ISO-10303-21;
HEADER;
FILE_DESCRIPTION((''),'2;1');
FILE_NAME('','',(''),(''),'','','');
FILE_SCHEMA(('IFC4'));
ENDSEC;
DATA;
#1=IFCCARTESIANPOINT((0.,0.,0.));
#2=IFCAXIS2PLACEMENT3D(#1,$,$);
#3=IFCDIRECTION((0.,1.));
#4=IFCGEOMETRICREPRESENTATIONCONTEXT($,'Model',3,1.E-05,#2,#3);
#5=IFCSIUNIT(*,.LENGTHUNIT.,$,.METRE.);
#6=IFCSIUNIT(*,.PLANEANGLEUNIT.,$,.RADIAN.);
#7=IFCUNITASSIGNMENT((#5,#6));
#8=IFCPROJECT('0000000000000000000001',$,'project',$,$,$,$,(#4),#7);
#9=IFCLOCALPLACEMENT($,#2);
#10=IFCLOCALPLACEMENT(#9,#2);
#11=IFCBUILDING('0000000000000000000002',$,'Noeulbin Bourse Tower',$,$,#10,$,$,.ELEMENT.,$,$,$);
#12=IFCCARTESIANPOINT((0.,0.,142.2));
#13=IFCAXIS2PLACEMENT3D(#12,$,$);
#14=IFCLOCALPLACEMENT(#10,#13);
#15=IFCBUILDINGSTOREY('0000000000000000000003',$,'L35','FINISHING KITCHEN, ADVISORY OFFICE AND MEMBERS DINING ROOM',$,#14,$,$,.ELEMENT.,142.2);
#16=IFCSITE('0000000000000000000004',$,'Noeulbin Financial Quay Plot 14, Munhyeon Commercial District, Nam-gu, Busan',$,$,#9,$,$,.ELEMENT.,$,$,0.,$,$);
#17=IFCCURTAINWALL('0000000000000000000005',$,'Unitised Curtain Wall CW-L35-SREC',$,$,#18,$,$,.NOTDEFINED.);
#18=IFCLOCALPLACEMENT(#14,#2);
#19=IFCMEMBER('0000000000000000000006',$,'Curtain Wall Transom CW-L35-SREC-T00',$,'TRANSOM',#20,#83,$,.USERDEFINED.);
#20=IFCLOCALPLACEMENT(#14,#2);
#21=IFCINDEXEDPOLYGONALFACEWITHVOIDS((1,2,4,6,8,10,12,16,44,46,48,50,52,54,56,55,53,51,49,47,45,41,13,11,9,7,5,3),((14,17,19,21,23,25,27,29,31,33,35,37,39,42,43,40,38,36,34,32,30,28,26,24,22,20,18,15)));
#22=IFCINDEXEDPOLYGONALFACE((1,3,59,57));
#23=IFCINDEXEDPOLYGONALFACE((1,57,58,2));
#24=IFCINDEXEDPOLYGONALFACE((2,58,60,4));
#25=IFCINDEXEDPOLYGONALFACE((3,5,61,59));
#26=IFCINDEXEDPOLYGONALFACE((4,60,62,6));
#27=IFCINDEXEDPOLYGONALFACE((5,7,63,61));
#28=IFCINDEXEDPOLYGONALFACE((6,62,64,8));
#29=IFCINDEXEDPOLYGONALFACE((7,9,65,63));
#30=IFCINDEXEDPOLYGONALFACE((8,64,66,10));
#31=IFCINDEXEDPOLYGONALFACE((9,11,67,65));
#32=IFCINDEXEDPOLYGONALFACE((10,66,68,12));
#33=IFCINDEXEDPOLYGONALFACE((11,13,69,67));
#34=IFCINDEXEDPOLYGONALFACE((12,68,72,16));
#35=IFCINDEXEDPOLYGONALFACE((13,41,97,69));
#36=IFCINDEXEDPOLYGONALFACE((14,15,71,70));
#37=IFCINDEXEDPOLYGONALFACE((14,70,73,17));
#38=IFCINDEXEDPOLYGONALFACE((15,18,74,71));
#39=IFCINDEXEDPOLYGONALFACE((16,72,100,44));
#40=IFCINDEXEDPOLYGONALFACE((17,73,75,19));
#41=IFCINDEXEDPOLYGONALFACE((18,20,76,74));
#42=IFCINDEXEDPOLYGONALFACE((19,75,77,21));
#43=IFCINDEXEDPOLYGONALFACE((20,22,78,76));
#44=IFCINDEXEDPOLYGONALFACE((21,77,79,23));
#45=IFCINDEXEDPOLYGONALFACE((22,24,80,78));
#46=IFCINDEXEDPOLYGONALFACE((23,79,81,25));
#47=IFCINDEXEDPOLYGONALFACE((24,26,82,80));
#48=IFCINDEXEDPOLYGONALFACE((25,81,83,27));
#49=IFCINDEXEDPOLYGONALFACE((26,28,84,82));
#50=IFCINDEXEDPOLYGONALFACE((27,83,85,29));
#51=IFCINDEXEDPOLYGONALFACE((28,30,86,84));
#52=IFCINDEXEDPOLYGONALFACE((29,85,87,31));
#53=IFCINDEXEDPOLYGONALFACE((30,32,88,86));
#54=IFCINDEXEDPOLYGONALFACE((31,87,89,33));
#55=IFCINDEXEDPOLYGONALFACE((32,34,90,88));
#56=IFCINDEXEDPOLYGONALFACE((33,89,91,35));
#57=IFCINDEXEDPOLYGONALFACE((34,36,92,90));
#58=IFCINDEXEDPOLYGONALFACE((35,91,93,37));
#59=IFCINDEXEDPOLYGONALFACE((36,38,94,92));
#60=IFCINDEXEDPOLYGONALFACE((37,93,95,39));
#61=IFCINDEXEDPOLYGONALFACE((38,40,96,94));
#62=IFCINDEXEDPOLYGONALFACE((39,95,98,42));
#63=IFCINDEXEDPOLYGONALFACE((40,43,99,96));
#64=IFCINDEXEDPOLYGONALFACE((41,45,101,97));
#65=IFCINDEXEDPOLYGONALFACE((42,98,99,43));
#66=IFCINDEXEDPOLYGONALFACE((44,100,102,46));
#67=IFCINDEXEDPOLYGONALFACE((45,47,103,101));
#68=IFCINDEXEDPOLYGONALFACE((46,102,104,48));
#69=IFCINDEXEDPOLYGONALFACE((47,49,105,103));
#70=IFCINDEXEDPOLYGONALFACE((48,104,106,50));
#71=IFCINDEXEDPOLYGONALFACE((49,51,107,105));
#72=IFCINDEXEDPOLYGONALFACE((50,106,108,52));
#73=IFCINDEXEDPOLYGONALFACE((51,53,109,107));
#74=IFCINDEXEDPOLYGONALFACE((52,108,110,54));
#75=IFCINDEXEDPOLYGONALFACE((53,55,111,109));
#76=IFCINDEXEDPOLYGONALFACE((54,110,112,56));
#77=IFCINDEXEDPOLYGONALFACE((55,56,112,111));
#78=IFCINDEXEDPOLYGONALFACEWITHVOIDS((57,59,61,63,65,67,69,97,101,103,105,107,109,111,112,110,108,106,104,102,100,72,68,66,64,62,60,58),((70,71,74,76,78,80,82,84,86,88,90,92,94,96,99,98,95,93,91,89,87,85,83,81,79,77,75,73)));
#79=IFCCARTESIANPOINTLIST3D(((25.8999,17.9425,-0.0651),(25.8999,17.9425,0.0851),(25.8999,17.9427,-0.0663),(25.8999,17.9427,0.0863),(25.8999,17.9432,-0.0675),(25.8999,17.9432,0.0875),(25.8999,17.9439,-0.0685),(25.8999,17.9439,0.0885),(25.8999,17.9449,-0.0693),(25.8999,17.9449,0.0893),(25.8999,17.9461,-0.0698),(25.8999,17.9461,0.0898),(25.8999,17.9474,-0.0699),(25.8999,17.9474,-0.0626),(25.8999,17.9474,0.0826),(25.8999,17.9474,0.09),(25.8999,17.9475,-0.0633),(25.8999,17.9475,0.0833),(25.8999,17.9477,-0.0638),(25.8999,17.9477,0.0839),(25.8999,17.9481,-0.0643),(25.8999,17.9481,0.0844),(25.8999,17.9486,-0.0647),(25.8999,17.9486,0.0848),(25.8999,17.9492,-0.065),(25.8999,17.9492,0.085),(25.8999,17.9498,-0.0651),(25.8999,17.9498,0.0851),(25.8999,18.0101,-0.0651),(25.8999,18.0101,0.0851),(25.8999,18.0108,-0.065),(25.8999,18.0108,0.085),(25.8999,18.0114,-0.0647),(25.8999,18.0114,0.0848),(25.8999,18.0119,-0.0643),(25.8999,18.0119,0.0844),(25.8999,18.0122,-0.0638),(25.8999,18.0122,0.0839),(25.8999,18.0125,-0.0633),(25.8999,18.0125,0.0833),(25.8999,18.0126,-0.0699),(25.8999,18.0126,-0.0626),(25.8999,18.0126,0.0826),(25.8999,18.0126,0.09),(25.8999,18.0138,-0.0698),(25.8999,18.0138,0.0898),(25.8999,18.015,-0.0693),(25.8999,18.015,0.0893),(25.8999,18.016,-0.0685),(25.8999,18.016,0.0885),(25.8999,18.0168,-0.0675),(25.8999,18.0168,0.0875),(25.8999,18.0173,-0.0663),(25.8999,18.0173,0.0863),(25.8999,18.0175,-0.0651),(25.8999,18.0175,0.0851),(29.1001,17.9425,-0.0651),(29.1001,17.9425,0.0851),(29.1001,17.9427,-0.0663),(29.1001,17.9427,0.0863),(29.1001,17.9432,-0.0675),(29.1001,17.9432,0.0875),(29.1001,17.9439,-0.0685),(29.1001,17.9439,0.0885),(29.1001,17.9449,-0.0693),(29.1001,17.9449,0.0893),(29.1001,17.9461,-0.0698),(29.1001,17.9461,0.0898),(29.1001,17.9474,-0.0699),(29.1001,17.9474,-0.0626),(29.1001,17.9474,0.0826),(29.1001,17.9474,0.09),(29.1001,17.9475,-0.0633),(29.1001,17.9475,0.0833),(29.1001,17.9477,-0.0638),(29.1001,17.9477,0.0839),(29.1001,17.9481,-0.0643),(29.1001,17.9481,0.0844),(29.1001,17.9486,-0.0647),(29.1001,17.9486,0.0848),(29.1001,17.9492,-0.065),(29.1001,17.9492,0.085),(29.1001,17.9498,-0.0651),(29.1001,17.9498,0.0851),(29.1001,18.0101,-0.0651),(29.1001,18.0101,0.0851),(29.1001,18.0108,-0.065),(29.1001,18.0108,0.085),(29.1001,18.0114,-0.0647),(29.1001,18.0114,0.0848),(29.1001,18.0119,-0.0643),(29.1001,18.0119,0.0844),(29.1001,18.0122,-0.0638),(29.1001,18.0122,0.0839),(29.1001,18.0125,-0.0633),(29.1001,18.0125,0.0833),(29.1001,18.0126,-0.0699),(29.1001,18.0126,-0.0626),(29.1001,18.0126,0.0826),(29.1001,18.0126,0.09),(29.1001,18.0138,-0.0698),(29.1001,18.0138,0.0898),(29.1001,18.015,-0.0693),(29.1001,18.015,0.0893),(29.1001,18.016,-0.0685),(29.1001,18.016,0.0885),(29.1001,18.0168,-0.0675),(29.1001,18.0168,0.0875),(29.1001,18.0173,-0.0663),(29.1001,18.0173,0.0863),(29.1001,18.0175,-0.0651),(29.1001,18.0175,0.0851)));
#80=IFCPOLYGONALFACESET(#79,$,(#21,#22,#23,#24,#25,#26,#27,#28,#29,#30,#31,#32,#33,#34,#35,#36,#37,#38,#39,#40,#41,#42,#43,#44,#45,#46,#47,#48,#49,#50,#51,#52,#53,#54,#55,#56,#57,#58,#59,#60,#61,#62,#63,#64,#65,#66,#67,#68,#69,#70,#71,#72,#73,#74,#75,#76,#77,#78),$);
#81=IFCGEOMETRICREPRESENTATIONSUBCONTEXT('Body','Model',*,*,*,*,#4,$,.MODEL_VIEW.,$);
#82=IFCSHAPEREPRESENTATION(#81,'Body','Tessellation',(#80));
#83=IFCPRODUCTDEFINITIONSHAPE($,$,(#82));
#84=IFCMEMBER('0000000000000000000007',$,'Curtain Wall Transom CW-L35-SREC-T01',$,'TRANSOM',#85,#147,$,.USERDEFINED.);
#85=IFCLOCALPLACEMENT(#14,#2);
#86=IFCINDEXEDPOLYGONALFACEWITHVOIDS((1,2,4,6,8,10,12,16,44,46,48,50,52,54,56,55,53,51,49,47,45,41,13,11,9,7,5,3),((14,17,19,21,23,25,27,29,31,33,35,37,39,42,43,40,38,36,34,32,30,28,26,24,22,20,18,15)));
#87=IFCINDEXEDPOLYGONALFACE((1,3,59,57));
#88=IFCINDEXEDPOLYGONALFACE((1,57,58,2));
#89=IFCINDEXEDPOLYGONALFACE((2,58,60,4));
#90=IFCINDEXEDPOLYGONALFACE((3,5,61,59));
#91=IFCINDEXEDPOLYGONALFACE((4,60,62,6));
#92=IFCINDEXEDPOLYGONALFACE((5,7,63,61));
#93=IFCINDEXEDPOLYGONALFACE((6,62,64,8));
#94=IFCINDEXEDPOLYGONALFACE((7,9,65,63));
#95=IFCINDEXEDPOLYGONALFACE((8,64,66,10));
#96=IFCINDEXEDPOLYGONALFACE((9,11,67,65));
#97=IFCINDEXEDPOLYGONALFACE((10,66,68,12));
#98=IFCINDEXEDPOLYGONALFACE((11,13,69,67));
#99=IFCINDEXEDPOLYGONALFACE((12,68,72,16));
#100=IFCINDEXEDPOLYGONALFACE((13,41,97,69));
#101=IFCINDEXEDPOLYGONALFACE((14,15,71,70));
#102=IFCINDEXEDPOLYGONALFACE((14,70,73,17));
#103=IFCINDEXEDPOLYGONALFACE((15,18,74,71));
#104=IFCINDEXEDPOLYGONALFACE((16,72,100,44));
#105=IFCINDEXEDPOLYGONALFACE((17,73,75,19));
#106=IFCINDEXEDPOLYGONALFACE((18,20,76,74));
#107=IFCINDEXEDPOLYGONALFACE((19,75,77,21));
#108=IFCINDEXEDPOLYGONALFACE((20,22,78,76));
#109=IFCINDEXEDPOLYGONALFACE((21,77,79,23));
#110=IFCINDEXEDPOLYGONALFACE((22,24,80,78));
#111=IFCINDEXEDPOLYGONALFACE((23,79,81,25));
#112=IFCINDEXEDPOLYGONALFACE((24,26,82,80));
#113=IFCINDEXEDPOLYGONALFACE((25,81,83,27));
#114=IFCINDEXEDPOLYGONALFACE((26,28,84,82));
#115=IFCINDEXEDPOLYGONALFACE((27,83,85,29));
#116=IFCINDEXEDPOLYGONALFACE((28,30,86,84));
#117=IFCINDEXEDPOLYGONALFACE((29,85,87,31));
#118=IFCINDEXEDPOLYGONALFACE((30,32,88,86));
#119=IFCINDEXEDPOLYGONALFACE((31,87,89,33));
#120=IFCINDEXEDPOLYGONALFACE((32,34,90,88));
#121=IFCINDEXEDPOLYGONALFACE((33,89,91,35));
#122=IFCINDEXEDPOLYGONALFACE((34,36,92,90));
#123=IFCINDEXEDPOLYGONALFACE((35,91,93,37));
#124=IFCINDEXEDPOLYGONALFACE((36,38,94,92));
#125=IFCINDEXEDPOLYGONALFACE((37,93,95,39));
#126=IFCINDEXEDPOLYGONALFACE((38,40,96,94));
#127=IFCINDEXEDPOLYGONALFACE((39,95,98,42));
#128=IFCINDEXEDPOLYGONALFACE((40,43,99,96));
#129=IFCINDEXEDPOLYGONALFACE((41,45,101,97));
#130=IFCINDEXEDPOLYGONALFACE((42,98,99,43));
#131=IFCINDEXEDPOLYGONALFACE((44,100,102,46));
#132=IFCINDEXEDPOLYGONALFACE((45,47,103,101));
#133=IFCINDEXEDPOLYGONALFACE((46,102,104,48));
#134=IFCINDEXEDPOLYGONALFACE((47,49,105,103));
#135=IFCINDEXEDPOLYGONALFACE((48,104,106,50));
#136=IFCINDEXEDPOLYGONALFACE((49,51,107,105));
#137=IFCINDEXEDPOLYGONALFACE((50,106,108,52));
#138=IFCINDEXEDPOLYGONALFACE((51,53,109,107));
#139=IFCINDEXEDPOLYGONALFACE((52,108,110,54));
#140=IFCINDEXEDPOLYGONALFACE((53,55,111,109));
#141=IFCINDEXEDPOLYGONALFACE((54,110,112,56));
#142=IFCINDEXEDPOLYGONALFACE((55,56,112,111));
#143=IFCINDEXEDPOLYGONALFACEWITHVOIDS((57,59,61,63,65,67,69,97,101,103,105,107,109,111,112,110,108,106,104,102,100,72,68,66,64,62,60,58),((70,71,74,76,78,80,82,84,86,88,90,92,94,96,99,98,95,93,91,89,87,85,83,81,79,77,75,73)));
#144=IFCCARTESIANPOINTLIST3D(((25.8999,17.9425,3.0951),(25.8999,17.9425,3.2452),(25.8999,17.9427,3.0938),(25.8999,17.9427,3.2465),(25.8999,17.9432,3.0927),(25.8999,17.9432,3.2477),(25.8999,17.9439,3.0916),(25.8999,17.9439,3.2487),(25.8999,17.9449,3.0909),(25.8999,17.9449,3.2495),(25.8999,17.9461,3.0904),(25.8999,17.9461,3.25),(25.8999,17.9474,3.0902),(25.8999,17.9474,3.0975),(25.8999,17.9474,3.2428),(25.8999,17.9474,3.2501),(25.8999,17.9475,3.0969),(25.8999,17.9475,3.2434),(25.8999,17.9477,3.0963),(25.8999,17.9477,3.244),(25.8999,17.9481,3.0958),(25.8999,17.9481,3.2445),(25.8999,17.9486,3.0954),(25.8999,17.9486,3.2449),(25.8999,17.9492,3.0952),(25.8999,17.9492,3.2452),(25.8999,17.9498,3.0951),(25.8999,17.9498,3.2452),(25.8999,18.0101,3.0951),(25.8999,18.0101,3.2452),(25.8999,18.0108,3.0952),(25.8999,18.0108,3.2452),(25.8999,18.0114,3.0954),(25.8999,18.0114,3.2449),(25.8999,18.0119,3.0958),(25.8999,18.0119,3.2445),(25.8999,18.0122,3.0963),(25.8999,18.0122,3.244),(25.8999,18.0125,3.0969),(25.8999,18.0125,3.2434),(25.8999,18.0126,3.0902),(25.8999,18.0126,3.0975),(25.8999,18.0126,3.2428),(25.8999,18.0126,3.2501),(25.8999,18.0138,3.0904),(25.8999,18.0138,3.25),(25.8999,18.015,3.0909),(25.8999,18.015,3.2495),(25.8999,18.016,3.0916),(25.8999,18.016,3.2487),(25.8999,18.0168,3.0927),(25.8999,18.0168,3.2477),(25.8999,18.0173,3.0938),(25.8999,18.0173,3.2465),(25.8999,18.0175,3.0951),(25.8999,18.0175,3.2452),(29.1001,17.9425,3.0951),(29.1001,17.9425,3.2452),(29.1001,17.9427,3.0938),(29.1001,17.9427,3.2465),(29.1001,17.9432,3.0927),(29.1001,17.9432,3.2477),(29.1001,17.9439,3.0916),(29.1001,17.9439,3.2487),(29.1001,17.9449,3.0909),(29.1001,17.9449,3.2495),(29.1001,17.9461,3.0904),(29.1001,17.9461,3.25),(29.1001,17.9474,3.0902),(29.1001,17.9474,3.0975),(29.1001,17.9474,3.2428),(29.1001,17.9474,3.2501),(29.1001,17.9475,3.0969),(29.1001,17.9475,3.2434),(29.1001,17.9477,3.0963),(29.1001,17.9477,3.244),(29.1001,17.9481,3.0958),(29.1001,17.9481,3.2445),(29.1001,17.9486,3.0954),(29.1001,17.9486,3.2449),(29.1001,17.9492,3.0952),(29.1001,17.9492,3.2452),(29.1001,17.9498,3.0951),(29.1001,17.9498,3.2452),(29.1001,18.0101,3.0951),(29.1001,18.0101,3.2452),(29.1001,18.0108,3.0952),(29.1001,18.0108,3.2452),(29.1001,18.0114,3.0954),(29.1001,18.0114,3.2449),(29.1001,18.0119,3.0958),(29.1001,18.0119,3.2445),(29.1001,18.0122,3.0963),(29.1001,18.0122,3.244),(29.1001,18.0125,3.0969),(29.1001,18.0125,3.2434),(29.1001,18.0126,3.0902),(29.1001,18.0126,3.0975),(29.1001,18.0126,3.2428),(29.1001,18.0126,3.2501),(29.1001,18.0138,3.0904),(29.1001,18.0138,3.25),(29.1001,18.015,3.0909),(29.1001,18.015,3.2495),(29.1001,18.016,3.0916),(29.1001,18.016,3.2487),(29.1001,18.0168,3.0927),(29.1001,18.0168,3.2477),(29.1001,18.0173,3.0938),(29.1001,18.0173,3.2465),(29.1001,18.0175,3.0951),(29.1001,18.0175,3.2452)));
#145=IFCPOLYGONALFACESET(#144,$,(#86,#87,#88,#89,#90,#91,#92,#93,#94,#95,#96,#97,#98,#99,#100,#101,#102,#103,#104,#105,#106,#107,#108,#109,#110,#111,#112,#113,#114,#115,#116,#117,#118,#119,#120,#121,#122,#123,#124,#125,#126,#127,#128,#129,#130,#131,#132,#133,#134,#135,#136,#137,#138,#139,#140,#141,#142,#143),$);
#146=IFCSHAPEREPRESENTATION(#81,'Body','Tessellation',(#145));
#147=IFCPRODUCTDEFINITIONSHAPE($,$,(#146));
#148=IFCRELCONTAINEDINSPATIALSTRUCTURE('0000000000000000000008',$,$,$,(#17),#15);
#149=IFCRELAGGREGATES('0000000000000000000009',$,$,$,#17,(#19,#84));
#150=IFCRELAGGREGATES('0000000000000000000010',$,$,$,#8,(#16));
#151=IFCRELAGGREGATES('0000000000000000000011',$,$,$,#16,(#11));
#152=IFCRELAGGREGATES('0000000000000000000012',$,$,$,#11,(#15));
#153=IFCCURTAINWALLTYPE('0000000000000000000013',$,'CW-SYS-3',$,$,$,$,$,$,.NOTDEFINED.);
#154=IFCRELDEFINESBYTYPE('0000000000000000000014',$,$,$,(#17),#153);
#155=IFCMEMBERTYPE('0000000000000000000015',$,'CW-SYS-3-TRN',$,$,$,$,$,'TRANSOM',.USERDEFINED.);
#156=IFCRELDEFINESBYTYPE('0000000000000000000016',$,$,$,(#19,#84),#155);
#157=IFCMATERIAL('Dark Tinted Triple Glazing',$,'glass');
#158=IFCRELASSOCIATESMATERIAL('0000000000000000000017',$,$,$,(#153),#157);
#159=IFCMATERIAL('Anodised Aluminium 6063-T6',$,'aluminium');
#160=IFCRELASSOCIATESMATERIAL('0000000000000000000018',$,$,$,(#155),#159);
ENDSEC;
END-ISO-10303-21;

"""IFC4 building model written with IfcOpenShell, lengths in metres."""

from ifc_helpers import new_model, si_unit, direction, frame, origin, origin_2d, place, context, subcontext, project, spatial, hollow_rectangle, extrude, material, material_profile, profile_set, type_object, element, aggregate, save


model = new_model("IFC4")

# Units and contexts
model_context = context("Model", 3, precision=1e-05, world=origin(), true_north=direction((0.0, 1.0)))
body_context = subcontext(model_context, "Body", "Model", "MODEL_VIEW")
ifc_project = project(units=[si_unit("LENGTHUNIT", "METRE"), si_unit("PLANEANGLEUNIT", "RADIAN")], contexts=[model_context])

# Site, building, storey
site_placement = place(None, origin())
site = spatial("IfcSite", under=ifc_project, at=site_placement, Name="Noeulbin Financial Quay Plot 14, Munhyeon Commercial District, Nam-gu, Busan", CompositionType="ELEMENT", RefElevation=0.0)
building_placement = place(site_placement, origin())
building = spatial("IfcBuilding", under=site, at=building_placement, Name="Noeulbin Bourse Tower", CompositionType="ELEMENT")
storey_placement = place(building_placement, frame((0.0, 0.0, 142.2)))
storey = spatial("IfcBuildingStorey", under=building, at=storey_placement, Name="L35", Description="FINISHING KITCHEN, ADVISORY OFFICE AND MEMBERS DINING ROOM", CompositionType="ELEMENT", Elevation=142.2)

# Curtain wall
ifc_material_1 = material(Name="Dark Tinted Triple Glazing", Category="glass")
curtain_wall_type = type_object("IfcCurtainWallType", Name="CW-SYS-3", PredefinedType="NOTDEFINED", material=ifc_material_1)
curtain_wall_1_placement = place(storey_placement, origin())
curtain_wall_1 = element("IfcCurtainWall", 1, at=curtain_wall_1_placement, inside=storey, type_object=curtain_wall_type, Name="Unitised Curtain Wall CW-L35-SREC", PredefinedType="NOTDEFINED")
ifc_material_2 = material(Name="Anodised Aluminium 6063-T6", Category="aluminium")

# Members
ifc_material_profile_1 = material_profile(ifc_material_2, hollow_rectangle(XDim=0.075, YDim=0.1599, WallThickness=0.0049, InnerFilletRadius=0.0024, OuterFilletRadius=0.0049, at=origin_2d()), Name="ALU-TRAN-75x160x5", Category="LoadBearing")
ifc_profile_set_1 = profile_set([ifc_material_profile_1], Name="Anodised Aluminium 6063-T6")
member_type_1 = type_object("IfcMemberType", Name="CW-SYS-3-TRN", ElementType="TRANSOM", PredefinedType="USERDEFINED", material=ifc_profile_set_1)
member_1_placement = place(storey_placement, frame((25.8999, 17.98, 0.01), z_axis=(1.0, 0.0, 0.0), x_axis=(0.0, 1.0, 0.0)))
member_1 = element("IfcMember", 2, at=member_1_placement, type_object=member_type_1, Name="Curtain Wall Transom CW-L35-SREC-T00", ObjectType="TRANSOM", PredefinedType="USERDEFINED", context=body_context, shape_type="SweptSolid", body=[
    extrude(hollow_rectangle(XDim=0.075, YDim=0.1599, WallThickness=0.0049, InnerFilletRadius=0.0024, OuterFilletRadius=0.0049, at=origin_2d()), origin(), (0.0, 0.0, 1.0), 3.2002),
])
member_2_placement = place(storey_placement, frame((25.8999, 17.98, 3.1702), z_axis=(1.0, 0.0, 0.0), x_axis=(0.0, 1.0, 0.0)))
member_2 = element("IfcMember", 3, at=member_2_placement, type_object=member_type_1, Name="Curtain Wall Transom CW-L35-SREC-T01", ObjectType="TRANSOM", PredefinedType="USERDEFINED", context=body_context, shape_type="SweptSolid", body=[
    extrude(hollow_rectangle(XDim=0.075, YDim=0.1599, WallThickness=0.0049, InnerFilletRadius=0.0024, OuterFilletRadius=0.0049, at=origin_2d()), origin(), (0.0, 0.0, 1.0), 3.2002),
])

aggregate(curtain_wall_1, [member_1, member_2])

save(model, "model.ifc")
